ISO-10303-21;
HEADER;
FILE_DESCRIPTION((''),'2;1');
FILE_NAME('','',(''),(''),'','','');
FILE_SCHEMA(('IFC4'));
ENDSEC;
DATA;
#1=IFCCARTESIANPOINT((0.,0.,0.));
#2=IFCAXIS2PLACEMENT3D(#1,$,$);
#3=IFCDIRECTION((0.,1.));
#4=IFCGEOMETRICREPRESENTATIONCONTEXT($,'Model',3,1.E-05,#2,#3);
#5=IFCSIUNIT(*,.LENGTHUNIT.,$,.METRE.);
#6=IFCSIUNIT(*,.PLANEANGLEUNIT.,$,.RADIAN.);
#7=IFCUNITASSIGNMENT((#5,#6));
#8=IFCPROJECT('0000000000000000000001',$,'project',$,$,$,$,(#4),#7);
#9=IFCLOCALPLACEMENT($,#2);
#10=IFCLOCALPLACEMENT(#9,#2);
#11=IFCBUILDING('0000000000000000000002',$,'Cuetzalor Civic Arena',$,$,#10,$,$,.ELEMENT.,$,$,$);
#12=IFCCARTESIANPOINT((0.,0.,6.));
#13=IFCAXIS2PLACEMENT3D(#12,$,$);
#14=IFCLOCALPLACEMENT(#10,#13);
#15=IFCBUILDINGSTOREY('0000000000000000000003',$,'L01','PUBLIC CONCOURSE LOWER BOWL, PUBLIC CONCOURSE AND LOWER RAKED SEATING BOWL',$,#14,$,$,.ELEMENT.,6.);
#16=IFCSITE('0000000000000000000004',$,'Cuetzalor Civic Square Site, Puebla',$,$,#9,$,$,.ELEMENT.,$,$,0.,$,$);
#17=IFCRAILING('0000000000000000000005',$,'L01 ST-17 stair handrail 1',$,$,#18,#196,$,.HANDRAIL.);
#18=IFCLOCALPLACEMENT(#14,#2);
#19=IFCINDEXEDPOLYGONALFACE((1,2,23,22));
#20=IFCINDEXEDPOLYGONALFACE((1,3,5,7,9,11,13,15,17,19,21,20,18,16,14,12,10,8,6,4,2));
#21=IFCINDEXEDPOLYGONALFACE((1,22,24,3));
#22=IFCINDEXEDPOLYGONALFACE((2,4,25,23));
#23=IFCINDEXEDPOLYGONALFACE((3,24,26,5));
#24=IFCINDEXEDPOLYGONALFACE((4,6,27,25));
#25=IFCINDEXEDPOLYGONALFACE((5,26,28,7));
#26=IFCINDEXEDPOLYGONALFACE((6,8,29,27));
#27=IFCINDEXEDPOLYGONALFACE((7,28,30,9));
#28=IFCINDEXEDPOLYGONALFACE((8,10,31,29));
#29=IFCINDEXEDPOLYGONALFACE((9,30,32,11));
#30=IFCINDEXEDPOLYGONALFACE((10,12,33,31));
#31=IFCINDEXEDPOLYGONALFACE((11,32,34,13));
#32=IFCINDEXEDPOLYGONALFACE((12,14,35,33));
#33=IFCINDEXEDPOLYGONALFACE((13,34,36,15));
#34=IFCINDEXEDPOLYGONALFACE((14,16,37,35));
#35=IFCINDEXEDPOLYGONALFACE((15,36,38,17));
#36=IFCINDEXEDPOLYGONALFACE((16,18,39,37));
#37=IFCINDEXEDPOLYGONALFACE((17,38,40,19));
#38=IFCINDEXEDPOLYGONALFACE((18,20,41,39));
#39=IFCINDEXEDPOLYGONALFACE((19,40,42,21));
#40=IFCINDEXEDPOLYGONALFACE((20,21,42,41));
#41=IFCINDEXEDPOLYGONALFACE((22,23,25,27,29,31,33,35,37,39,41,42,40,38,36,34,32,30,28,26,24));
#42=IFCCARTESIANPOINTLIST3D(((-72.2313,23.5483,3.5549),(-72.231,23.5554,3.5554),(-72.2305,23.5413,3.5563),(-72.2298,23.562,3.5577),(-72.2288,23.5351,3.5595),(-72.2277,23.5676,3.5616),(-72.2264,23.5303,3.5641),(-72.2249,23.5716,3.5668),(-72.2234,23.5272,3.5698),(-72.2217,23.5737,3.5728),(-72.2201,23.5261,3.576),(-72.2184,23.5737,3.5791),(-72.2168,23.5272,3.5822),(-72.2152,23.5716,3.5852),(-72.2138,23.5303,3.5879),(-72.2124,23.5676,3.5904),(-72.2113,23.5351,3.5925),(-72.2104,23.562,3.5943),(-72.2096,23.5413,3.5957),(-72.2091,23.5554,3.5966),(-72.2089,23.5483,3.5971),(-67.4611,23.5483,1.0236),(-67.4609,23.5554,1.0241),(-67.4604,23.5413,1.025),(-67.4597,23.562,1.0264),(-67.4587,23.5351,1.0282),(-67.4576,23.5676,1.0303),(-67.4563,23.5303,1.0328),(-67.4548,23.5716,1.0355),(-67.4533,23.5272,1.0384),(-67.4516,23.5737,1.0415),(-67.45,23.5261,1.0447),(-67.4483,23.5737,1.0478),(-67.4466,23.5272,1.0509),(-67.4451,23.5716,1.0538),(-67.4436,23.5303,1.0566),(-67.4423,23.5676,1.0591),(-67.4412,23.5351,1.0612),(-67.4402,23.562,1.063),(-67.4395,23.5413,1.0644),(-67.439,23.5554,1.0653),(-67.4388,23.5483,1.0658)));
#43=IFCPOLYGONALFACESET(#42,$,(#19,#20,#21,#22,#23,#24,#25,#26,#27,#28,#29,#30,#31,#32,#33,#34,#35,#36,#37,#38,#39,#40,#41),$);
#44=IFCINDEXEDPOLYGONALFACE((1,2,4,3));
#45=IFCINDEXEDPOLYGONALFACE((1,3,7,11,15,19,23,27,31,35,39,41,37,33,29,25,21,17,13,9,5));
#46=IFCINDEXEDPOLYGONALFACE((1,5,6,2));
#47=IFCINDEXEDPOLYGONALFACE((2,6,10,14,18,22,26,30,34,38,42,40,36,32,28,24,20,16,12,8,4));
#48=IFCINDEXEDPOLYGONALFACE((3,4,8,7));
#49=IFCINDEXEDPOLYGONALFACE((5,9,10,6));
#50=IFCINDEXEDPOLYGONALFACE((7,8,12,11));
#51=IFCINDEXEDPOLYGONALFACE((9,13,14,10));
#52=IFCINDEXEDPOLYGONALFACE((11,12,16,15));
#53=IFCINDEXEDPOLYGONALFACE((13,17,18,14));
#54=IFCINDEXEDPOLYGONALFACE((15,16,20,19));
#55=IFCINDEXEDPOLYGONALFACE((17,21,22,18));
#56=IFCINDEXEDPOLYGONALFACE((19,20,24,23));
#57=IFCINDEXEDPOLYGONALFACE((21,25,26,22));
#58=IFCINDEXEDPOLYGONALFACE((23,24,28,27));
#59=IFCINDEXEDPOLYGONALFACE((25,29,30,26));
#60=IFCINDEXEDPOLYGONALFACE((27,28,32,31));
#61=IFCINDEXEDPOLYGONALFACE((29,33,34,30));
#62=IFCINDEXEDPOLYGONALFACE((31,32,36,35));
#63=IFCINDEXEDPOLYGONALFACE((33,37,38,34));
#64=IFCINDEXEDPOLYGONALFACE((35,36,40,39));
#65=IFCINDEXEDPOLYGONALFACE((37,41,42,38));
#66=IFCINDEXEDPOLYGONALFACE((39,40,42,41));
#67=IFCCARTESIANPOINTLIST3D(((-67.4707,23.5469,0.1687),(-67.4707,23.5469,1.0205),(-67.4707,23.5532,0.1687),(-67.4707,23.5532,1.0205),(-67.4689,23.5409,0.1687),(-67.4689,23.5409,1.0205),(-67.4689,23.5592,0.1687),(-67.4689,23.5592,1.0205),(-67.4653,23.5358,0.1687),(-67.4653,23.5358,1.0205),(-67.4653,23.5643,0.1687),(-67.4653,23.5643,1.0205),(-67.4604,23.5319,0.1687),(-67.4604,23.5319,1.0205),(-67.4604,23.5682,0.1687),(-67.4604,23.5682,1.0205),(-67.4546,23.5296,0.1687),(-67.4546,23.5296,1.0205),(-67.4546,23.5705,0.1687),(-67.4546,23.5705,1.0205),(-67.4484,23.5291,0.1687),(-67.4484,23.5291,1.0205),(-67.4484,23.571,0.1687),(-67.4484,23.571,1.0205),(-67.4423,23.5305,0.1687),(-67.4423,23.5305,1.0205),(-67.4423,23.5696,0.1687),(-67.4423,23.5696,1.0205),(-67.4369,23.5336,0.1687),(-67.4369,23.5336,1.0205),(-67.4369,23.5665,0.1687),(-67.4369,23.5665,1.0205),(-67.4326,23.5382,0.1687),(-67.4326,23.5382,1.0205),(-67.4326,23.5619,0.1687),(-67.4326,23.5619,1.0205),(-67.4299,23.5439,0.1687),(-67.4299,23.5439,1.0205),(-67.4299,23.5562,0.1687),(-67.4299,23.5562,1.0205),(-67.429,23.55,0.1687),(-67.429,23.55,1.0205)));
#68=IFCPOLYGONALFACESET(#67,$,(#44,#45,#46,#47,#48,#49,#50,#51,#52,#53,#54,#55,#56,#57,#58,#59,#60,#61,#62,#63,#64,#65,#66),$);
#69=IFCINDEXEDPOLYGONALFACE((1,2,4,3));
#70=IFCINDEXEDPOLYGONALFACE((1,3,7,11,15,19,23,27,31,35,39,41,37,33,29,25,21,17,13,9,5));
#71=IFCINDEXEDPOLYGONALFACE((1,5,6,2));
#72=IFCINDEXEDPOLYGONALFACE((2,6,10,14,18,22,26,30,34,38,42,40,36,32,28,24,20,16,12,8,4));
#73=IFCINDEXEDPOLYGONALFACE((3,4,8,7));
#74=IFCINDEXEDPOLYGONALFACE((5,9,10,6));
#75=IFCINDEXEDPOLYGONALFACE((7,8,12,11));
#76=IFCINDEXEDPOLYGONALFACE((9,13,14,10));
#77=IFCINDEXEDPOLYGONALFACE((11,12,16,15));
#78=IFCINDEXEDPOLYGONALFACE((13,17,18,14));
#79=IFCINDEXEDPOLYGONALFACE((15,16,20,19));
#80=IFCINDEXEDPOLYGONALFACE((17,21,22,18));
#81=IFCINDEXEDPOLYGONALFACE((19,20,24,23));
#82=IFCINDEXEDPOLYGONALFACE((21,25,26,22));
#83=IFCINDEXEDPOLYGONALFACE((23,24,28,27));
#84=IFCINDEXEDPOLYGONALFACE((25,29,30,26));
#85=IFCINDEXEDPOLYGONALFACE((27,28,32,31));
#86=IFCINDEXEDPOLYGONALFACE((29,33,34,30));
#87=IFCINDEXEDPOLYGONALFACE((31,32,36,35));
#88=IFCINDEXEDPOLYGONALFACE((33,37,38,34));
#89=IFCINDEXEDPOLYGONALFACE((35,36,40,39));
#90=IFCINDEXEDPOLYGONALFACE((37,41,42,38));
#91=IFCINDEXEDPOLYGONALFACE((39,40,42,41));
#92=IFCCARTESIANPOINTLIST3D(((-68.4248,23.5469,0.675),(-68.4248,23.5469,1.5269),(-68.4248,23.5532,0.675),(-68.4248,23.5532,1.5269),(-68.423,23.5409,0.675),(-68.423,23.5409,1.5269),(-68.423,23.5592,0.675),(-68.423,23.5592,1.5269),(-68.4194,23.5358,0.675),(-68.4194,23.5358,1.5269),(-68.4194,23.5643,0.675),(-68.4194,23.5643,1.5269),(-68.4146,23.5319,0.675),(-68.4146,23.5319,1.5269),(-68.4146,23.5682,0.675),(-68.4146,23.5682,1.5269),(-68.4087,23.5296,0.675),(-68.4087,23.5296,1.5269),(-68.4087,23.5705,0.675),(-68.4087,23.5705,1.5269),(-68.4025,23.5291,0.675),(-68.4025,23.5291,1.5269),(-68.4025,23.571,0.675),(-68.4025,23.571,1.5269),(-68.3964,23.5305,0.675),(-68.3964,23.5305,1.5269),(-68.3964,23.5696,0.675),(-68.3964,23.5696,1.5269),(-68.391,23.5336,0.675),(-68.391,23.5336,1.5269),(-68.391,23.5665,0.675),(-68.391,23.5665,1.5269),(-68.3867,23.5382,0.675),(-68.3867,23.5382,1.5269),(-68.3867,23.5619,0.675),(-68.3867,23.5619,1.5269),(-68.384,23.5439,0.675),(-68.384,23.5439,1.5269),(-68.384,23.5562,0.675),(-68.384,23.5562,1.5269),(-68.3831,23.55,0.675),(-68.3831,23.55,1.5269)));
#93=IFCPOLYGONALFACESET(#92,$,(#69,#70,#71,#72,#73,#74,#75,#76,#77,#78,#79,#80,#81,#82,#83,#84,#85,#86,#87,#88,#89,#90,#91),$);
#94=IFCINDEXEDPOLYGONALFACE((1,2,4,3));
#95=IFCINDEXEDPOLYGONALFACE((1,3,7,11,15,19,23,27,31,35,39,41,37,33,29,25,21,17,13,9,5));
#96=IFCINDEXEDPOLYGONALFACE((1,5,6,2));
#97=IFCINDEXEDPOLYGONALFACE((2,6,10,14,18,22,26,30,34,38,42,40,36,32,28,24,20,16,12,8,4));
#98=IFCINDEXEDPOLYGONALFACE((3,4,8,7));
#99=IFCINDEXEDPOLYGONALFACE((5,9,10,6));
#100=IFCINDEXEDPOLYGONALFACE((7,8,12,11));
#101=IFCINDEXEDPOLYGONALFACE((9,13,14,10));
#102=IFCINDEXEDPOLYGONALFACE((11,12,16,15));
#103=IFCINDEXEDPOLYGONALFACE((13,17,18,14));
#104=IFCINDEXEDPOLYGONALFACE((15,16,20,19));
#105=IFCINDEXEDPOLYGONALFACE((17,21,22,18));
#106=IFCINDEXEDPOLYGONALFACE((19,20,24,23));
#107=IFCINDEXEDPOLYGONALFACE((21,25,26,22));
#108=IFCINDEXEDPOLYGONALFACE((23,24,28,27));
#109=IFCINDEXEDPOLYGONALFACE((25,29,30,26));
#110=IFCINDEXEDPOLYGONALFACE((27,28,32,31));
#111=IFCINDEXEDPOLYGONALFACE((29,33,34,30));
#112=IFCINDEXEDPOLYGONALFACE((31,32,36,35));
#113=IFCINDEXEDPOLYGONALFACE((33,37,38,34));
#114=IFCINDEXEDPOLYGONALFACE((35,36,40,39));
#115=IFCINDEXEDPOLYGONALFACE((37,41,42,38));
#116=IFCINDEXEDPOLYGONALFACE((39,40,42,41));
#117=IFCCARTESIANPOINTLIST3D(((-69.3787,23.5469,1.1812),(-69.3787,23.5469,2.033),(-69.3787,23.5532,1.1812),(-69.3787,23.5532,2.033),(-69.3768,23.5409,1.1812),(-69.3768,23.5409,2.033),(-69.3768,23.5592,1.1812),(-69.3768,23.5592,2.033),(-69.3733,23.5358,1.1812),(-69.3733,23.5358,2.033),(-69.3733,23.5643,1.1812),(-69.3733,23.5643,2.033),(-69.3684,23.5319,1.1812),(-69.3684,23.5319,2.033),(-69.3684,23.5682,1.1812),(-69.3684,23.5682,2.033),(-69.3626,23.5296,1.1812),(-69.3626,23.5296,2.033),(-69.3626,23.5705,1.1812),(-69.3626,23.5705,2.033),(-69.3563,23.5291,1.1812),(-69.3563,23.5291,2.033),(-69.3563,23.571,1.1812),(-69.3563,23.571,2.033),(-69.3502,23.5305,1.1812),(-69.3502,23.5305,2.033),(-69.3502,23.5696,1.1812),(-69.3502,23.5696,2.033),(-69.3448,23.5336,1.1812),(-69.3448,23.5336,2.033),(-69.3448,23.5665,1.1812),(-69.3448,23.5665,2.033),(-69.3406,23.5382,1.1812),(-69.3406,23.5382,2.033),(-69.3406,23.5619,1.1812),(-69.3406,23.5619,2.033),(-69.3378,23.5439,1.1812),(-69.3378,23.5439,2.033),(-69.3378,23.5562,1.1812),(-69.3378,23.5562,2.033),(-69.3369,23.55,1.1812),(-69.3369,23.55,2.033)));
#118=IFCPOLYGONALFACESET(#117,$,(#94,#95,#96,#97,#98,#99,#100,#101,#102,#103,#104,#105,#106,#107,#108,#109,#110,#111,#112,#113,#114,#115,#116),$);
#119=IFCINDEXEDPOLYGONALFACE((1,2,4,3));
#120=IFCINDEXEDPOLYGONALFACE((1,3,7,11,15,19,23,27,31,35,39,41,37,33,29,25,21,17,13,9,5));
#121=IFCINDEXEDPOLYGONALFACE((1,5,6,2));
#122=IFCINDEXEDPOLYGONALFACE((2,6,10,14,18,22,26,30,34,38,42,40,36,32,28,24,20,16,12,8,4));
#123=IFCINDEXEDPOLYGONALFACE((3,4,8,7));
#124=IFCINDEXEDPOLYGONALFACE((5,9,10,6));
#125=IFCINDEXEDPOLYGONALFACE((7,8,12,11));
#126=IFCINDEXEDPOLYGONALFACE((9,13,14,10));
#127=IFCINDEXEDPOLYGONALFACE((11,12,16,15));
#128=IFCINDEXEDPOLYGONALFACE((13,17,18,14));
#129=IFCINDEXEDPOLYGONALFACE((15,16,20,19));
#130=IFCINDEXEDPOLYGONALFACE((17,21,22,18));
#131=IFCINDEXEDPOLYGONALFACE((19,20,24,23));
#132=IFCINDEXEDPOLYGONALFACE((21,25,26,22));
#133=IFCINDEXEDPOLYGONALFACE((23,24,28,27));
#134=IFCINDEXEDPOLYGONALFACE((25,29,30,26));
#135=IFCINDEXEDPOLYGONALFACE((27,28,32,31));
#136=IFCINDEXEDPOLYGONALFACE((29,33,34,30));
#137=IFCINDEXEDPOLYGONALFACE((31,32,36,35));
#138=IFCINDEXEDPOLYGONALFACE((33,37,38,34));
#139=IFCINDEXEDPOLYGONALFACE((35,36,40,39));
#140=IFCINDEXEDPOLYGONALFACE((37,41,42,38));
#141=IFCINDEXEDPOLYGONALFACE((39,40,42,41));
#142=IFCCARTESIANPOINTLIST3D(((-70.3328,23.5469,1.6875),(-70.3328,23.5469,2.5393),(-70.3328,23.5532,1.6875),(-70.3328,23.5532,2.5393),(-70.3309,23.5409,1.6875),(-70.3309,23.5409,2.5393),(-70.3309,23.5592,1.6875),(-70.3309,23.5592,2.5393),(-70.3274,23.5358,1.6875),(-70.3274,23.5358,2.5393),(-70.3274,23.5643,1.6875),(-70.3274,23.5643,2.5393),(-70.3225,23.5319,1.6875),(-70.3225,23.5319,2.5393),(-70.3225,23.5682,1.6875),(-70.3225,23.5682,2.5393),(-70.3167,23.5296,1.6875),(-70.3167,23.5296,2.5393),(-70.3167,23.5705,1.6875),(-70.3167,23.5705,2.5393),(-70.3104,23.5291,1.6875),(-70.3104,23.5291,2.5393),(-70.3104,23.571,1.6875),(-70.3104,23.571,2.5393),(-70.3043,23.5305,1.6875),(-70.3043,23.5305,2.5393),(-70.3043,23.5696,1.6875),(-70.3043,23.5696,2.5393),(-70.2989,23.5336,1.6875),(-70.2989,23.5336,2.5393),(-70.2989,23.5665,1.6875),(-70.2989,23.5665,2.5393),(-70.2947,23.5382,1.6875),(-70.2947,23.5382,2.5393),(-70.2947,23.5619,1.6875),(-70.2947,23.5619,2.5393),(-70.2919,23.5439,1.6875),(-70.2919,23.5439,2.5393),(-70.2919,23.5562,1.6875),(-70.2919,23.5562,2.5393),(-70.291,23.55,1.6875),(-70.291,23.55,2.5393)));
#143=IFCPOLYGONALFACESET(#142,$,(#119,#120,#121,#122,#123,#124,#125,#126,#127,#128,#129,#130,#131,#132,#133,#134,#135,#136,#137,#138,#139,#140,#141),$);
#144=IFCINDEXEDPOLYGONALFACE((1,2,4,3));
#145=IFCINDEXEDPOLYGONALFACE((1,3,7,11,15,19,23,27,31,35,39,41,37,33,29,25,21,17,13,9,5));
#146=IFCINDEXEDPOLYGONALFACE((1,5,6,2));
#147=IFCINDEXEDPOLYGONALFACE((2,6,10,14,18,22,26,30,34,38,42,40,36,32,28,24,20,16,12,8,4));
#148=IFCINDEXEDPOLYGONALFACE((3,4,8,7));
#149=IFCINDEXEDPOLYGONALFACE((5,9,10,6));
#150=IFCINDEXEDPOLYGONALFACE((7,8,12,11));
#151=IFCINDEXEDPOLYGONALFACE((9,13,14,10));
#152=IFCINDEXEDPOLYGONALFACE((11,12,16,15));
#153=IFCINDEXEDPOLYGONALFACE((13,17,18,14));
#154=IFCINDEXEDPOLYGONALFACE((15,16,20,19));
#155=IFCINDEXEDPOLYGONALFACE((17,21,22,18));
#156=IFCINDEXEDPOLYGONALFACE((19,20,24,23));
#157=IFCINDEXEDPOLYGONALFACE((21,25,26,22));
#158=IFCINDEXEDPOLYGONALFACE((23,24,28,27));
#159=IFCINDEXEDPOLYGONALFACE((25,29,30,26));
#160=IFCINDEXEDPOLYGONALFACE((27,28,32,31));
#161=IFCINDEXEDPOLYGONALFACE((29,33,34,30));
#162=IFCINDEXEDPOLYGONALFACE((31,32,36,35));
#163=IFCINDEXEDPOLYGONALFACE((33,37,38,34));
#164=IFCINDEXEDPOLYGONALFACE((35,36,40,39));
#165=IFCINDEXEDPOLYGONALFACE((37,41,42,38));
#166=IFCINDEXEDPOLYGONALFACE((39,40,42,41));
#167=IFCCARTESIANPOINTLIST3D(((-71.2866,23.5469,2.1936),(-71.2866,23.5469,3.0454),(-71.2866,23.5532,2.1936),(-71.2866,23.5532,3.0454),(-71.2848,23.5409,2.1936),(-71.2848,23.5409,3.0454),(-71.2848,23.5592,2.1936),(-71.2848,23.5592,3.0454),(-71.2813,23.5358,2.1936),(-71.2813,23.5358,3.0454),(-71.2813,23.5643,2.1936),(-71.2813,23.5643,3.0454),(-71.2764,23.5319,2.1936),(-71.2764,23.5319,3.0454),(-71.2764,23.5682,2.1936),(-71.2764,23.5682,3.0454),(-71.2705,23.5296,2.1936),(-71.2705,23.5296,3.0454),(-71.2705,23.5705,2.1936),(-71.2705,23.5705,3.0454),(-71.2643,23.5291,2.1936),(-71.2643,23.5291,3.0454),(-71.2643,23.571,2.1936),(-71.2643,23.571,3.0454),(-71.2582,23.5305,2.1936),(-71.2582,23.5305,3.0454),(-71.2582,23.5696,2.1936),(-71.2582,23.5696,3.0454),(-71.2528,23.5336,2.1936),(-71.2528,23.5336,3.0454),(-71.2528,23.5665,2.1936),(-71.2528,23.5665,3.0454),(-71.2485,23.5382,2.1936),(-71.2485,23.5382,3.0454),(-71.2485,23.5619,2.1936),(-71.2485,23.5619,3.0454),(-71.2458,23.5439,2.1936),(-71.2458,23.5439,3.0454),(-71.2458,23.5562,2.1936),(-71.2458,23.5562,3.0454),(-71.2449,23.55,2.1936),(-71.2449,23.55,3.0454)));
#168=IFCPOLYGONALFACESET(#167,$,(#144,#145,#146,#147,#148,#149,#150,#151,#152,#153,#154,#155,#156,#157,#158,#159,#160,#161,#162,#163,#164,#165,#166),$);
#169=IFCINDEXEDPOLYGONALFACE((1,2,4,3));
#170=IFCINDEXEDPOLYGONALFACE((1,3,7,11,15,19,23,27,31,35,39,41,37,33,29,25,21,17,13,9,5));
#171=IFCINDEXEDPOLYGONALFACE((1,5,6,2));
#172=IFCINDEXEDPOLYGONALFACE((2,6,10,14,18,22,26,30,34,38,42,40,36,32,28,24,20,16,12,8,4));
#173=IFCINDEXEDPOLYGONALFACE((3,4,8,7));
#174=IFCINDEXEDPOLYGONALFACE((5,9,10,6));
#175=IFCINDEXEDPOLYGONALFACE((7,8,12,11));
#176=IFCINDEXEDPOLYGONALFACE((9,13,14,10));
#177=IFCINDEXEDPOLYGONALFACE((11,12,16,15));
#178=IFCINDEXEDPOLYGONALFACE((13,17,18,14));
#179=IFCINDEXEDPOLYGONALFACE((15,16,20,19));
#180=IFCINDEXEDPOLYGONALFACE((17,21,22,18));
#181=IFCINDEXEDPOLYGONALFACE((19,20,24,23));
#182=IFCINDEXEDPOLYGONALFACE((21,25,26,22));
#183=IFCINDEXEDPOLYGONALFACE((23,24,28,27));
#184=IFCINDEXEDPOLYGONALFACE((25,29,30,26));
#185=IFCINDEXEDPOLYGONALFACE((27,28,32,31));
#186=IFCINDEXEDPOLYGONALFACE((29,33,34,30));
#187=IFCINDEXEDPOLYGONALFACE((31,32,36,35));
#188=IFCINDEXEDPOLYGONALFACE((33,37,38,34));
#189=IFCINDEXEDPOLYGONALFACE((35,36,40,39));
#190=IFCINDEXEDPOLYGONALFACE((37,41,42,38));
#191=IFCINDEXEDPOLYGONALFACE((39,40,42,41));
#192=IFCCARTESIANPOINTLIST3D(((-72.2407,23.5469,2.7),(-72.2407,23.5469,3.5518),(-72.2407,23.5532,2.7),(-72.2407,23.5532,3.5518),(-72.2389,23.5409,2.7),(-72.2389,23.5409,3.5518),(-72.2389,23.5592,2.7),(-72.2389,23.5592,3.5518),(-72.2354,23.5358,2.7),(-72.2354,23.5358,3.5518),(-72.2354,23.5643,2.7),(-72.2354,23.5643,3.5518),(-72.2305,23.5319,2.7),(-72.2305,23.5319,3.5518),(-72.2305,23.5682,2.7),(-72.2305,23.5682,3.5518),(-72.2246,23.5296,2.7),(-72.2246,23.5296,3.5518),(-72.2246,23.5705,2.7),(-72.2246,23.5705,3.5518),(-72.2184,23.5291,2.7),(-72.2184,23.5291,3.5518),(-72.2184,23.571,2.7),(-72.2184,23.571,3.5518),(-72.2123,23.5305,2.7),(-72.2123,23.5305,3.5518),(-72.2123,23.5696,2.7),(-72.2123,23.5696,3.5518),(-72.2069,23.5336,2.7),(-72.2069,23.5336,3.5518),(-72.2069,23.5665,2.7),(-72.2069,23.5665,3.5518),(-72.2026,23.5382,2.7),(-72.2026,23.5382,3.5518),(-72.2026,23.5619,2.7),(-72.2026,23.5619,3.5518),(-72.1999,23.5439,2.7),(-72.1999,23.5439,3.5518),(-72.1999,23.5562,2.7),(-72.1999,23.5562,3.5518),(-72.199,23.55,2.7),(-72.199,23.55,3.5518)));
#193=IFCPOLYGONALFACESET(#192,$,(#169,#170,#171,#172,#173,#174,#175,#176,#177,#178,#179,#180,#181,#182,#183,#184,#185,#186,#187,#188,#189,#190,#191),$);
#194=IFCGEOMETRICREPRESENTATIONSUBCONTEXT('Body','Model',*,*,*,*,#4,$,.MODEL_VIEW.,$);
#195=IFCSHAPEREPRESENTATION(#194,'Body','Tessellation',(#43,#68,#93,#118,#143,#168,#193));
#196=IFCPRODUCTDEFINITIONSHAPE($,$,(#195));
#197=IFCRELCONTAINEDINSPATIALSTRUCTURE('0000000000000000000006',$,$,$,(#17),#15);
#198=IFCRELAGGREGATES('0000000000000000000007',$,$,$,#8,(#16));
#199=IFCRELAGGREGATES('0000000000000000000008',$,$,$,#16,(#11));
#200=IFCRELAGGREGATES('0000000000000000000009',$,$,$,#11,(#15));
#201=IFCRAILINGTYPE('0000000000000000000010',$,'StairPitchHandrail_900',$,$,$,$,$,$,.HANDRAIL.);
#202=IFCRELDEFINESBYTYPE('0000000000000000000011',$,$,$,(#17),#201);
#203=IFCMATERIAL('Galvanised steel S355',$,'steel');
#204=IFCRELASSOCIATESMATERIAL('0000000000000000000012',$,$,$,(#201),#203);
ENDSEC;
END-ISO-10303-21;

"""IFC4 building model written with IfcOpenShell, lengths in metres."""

from ifc_helpers import new_model, si_unit, direction, frame, origin, origin_2d, place, context, subcontext, project, spatial, circle, extrude, material, type_object, element, save


model = new_model("IFC4")

# Units and contexts
model_context = context("Model", 3, precision=1e-05, world=origin(), true_north=direction((0.0, 1.0)))
body_context = subcontext(model_context, "Body", "Model", "MODEL_VIEW")
ifc_project = project(units=[si_unit("LENGTHUNIT", "METRE"), si_unit("PLANEANGLEUNIT", "RADIAN")], contexts=[model_context])

# Site, building, storey
site_placement = place(None, origin())
site = spatial("IfcSite", under=ifc_project, at=site_placement, Name="Cuetzalor Civic Square Site, Puebla", CompositionType="ELEMENT", RefElevation=0.0)
building_placement = place(site_placement, origin())
building = spatial("IfcBuilding", under=site, at=building_placement, Name="Cuetzalor Civic Arena", CompositionType="ELEMENT")
storey_placement = place(building_placement, frame((0.0, 0.0, 6.0)))
storey = spatial("IfcBuildingStorey", under=building, at=storey_placement, Name="L01", Description="PUBLIC CONCOURSE LOWER BOWL, PUBLIC CONCOURSE AND LOWER RAKED SEATING BOWL", CompositionType="ELEMENT", Elevation=6.0)

# Railing
ifc_material_1 = material(Name="Galvanised steel S355", Category="steel")
railing_type_1 = type_object("IfcRailingType", Name="StairPitchHandrail_900", PredefinedType="HANDRAIL", material=ifc_material_1)
railing_1_placement = place(storey_placement, frame((-67.45, 23.55, 0.1687)))
element("IfcRailing", 1, at=railing_1_placement, inside=storey, type_object=railing_type_1, Name="L01 ST-17 stair handrail 1", PredefinedType="HANDRAIL", context=body_context, shape_type="SweptSolid", body=[
    extrude(circle(Radius=0.0239, at=origin_2d()), frame((0.0, 0.0, 0.876), z_axis=(-0.883332, 0.0, 0.468747), x_axis=(0.0, -1.0, 0.0)), (0.0, 0.0, 1.0), 5.4001),
    extrude(circle(Radius=0.021, at=origin_2d()), origin(), (0.0, 0.0, 1.0), 0.8518),
    extrude(circle(Radius=0.021, at=origin_2d()), frame((-0.9541, 0.0, 0.5063)), (0.0, 0.0, 1.0), 0.8518),
    extrude(circle(Radius=0.021, at=origin_2d()), frame((-1.908, 0.0, 1.0125)), (0.0, 0.0, 1.0), 0.8518),
    extrude(circle(Radius=0.021, at=origin_2d()), frame((-2.8621, 0.0, 1.5188)), (0.0, 0.0, 1.0), 0.8518),
    extrude(circle(Radius=0.021, at=origin_2d()), frame((-3.8159, 0.0, 2.0249)), (0.0, 0.0, 1.0), 0.8518),
    extrude(circle(Radius=0.021, at=origin_2d()), frame((-4.77, 0.0, 2.5312)), (0.0, 0.0, 1.0), 0.8518),
])

save(model, "model.ifc")
